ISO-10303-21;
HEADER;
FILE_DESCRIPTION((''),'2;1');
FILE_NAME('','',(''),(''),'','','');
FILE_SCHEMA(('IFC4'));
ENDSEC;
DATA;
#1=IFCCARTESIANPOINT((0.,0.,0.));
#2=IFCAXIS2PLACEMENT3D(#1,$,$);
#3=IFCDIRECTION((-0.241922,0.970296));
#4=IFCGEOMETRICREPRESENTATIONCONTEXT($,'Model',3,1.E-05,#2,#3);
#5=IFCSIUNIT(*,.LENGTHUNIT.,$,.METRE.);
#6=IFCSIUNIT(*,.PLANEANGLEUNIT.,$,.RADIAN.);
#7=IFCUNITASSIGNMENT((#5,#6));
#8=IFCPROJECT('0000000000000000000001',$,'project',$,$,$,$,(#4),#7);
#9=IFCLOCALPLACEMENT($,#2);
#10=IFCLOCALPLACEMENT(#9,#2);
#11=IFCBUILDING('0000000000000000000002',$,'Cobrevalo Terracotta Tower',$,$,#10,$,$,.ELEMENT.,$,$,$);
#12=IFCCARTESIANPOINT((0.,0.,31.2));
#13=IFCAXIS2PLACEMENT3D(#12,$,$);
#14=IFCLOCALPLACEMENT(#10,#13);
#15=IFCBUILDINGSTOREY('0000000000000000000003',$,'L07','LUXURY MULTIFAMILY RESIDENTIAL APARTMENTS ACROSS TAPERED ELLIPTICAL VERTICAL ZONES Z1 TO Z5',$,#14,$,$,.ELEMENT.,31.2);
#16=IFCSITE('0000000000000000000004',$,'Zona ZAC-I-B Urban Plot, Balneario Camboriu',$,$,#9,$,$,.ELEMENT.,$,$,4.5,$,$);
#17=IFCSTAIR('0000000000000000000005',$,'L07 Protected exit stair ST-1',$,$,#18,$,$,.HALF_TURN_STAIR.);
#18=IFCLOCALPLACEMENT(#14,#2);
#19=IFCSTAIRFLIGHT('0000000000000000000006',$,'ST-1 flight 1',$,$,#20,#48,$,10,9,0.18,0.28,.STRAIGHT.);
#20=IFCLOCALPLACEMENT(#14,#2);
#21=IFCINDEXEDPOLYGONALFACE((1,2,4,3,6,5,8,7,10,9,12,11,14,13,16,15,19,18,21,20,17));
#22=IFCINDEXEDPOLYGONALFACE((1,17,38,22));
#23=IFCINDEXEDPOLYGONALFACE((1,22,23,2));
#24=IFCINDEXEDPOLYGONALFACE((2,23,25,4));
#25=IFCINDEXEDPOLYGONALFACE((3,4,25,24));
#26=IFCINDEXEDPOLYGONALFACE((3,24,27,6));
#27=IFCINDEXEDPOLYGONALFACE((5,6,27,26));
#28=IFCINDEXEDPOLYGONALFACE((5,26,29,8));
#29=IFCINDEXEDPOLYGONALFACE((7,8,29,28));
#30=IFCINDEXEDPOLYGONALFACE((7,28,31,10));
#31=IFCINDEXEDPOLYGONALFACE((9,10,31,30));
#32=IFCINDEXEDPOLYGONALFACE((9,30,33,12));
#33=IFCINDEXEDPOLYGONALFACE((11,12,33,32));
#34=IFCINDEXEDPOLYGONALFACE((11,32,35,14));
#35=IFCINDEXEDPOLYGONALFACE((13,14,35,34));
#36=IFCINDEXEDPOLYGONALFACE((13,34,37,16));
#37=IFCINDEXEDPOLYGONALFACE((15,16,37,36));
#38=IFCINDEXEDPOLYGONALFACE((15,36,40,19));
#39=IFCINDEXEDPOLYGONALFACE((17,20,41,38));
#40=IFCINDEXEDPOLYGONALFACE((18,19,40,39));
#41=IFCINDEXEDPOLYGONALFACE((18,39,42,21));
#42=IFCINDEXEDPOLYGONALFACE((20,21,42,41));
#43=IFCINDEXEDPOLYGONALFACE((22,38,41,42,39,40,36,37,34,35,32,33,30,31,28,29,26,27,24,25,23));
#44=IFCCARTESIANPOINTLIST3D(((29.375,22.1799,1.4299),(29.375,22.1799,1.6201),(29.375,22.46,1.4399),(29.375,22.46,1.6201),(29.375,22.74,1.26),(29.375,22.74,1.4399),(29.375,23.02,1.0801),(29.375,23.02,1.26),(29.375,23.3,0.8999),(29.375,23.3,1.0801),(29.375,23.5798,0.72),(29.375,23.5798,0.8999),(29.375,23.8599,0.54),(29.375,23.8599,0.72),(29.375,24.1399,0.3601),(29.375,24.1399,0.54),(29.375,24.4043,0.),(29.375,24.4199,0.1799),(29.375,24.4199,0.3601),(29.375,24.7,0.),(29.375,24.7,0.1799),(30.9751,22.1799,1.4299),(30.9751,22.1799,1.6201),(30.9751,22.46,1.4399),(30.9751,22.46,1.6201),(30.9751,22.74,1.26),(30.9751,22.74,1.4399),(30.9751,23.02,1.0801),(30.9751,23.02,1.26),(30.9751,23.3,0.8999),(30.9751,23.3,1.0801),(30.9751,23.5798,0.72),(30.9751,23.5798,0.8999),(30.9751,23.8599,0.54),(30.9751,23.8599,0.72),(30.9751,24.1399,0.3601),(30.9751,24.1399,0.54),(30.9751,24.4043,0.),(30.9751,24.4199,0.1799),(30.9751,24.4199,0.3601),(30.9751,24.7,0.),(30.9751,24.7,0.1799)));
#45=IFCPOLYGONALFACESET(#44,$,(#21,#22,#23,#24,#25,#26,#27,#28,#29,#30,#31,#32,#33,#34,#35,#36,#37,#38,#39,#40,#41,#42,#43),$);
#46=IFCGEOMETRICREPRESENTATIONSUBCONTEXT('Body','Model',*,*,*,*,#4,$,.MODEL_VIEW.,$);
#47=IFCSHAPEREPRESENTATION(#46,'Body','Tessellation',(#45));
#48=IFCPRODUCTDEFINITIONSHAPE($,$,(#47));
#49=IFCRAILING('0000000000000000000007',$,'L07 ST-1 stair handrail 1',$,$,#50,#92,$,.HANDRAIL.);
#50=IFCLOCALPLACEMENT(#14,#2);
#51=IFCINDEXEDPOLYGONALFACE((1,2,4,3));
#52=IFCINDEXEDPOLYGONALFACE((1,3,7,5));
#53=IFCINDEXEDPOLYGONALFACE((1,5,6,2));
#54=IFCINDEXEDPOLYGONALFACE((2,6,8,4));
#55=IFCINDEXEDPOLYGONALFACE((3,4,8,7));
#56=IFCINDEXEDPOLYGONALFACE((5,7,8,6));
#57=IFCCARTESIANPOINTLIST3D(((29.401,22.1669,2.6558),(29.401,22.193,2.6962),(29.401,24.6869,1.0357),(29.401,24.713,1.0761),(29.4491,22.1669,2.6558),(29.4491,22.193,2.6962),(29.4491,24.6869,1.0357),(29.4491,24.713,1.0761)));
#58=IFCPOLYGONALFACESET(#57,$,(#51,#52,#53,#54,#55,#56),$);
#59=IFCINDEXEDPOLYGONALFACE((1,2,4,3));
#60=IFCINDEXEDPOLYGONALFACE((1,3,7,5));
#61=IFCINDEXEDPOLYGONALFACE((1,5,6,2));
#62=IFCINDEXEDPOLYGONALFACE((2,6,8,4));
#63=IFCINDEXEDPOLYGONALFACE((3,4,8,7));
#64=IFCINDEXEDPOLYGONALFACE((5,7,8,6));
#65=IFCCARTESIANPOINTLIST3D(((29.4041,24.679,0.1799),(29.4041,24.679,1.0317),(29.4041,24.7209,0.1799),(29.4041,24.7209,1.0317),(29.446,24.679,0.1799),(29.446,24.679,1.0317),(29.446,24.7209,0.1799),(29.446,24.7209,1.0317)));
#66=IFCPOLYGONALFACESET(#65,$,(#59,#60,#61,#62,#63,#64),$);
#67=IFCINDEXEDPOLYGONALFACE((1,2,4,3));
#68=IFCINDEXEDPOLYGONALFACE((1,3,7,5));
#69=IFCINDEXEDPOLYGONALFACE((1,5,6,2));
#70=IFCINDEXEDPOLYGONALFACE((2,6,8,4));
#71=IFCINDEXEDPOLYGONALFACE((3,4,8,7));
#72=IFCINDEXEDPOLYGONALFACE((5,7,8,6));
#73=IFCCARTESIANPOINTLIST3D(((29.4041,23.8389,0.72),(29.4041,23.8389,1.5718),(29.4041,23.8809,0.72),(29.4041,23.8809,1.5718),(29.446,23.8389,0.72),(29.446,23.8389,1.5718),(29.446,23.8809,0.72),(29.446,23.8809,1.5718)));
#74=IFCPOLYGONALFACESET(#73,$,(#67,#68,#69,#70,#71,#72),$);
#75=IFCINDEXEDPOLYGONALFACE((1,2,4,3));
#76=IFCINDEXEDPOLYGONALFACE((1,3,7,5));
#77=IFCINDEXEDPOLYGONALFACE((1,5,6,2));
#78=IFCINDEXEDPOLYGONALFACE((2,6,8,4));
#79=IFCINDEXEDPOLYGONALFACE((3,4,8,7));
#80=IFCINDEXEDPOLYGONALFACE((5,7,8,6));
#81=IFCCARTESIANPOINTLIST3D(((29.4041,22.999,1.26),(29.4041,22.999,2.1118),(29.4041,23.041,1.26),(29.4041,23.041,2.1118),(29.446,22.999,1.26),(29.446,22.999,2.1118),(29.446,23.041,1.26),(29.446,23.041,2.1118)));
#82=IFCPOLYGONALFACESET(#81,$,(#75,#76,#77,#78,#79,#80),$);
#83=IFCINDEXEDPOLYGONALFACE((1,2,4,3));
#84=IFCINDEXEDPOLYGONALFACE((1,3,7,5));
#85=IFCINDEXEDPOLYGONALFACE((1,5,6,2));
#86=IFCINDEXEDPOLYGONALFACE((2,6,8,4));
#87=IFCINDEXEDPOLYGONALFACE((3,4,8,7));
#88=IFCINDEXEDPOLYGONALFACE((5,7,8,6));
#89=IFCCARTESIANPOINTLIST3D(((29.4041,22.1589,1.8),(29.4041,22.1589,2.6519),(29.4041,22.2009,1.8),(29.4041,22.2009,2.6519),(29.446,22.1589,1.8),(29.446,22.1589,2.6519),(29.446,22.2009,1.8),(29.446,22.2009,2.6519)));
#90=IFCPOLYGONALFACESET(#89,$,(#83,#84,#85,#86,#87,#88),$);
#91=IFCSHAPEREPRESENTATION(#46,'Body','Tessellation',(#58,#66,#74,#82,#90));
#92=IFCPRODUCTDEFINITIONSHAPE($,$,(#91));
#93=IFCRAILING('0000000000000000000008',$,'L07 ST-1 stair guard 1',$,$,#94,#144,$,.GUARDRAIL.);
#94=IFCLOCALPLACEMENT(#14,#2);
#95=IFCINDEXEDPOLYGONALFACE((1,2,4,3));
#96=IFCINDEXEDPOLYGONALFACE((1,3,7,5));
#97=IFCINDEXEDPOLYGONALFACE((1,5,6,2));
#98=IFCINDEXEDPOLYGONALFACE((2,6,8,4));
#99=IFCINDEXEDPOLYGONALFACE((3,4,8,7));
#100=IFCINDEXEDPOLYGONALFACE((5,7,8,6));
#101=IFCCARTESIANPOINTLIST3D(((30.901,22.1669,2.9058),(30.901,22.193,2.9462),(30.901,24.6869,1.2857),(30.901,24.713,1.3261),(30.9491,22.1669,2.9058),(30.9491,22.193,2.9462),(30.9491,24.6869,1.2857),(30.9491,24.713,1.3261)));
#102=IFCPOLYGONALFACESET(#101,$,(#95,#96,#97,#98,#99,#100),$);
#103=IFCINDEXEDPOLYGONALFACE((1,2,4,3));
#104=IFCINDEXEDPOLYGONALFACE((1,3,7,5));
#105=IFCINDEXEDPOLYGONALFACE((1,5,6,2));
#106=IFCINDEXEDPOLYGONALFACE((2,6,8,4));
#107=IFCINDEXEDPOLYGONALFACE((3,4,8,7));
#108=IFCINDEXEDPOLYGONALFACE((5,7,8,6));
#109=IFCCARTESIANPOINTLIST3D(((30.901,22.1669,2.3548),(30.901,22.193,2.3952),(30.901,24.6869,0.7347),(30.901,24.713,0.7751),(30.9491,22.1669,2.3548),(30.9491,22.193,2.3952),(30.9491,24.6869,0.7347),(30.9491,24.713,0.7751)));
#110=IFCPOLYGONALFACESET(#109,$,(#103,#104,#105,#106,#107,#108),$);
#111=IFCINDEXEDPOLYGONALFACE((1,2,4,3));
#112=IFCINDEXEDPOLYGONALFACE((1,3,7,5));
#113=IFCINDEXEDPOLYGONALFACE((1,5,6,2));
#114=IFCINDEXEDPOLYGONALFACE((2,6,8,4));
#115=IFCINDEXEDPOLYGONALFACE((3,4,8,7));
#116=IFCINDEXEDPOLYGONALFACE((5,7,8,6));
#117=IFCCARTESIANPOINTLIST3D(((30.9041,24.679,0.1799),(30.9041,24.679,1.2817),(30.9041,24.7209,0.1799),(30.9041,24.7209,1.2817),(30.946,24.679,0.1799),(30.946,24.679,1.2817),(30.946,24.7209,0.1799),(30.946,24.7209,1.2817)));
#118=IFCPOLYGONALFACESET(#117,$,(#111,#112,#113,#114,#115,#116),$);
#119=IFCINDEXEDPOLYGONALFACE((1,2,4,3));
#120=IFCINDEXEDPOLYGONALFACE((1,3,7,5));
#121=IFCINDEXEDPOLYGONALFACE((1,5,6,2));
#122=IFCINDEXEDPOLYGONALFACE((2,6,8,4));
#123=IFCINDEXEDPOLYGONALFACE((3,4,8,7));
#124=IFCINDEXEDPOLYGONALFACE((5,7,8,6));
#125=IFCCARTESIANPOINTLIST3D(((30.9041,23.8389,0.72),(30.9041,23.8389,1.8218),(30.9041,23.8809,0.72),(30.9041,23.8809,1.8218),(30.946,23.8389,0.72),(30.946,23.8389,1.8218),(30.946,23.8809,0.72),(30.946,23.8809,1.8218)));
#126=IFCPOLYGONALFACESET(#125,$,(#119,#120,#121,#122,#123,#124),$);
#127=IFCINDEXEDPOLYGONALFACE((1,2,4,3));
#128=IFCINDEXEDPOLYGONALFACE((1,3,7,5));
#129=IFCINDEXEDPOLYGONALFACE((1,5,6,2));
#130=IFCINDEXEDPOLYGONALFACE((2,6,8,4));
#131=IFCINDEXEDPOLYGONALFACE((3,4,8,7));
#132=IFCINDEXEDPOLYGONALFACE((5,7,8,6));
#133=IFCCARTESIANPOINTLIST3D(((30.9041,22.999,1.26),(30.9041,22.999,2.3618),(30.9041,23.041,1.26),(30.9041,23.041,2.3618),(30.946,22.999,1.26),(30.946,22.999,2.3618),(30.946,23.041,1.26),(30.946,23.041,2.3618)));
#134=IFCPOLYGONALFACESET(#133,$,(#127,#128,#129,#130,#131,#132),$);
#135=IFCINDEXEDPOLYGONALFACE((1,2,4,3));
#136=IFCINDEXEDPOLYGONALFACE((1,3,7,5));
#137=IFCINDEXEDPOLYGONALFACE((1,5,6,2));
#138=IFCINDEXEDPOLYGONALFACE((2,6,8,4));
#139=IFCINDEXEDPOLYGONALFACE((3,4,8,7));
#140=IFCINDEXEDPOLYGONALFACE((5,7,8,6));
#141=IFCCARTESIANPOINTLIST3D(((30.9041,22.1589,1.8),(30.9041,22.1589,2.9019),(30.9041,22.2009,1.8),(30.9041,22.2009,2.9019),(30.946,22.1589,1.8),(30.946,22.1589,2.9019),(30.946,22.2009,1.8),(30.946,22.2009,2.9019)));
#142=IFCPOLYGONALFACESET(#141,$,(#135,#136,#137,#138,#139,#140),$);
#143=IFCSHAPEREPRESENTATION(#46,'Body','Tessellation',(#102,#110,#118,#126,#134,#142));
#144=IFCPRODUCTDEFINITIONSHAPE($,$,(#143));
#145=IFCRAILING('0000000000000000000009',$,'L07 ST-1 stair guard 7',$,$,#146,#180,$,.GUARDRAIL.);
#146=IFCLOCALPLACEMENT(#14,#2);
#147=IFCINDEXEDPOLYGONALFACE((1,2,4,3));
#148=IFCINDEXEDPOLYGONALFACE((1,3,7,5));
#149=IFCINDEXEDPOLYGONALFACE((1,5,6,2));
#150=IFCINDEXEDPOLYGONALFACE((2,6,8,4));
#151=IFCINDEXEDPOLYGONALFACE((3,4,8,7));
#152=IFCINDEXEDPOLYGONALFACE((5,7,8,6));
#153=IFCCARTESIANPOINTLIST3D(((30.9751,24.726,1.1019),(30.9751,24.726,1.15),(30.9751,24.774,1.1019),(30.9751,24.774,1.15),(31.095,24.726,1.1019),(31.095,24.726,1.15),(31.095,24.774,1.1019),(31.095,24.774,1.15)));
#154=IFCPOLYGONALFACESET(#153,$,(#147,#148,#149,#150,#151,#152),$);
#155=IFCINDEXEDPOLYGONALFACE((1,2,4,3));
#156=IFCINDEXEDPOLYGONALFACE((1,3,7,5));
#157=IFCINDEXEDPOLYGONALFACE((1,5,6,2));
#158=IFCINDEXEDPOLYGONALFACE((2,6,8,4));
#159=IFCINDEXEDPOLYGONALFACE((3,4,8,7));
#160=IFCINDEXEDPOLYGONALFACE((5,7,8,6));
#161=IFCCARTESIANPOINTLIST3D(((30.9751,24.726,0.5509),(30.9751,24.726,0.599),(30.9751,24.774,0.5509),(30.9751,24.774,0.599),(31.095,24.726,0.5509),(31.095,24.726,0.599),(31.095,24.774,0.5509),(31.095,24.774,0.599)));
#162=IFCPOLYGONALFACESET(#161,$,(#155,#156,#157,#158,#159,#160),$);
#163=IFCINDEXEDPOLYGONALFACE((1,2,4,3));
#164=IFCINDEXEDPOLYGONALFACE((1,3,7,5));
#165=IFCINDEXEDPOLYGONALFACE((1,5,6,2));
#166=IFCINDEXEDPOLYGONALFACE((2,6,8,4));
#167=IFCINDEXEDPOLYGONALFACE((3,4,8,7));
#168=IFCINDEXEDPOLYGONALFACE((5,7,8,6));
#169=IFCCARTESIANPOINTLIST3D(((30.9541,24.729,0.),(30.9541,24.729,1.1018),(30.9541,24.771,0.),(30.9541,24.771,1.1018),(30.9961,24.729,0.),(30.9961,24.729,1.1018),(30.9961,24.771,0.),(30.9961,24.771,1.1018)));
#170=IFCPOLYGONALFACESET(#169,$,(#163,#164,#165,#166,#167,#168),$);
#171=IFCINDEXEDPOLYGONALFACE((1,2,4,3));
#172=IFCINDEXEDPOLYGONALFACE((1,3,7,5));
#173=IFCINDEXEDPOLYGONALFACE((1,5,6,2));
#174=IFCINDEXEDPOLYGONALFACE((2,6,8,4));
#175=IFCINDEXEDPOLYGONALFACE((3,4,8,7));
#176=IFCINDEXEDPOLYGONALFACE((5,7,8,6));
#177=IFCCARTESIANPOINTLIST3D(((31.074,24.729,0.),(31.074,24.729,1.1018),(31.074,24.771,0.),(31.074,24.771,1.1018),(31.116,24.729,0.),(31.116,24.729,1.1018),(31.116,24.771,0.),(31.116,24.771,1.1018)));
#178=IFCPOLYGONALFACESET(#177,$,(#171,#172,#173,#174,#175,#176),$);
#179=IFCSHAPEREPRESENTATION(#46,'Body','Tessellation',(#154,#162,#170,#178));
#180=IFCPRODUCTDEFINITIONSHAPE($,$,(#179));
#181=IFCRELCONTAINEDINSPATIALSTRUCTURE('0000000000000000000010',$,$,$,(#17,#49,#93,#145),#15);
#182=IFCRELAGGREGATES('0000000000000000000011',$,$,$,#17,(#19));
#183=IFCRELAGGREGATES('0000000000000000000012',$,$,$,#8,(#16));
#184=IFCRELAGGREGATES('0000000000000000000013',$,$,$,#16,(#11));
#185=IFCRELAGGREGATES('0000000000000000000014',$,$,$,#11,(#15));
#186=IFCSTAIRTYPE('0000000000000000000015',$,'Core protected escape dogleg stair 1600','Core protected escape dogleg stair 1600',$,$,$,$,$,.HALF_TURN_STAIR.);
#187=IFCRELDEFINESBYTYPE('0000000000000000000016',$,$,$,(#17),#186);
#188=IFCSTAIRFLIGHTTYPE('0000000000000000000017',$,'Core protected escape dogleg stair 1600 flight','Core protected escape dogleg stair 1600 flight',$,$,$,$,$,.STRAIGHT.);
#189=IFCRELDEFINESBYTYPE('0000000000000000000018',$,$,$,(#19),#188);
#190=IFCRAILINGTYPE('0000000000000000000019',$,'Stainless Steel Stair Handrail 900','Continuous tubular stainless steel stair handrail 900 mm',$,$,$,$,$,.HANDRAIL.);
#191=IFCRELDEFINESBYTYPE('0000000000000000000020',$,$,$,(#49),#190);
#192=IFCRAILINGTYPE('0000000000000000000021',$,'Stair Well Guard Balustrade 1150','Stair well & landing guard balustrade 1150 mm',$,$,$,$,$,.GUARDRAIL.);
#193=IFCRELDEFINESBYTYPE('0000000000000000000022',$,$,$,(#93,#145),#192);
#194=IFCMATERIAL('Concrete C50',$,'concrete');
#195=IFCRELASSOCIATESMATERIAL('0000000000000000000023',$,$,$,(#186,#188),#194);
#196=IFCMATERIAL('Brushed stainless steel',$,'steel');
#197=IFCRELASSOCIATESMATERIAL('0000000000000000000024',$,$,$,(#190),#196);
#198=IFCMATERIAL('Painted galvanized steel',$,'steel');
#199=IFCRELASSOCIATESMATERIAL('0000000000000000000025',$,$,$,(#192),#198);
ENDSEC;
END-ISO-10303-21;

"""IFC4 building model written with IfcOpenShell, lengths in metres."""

from ifc_helpers import new_model, si_unit, direction, frame, origin, origin_2d, place, context, subcontext, project, spatial, polyline, rectangle, outline, extrude, material, type_object, element, aggregate, save


model = new_model("IFC4")

# Units and contexts
model_context = context("Model", 3, precision=1e-05, world=origin(), true_north=direction((-0.241922, 0.970296)))
body_context = subcontext(model_context, "Body", "Model", "MODEL_VIEW")
ifc_project = project(units=[si_unit("LENGTHUNIT", "METRE"), si_unit("PLANEANGLEUNIT", "RADIAN")], contexts=[model_context])

# Site, building, storey
site_placement = place(None, origin())
site = spatial("IfcSite", under=ifc_project, at=site_placement, Name="Zona ZAC-I-B Urban Plot, Balneario Camboriu", CompositionType="ELEMENT", RefElevation=4.5)
building_placement = place(site_placement, origin())
building = spatial("IfcBuilding", under=site, at=building_placement, Name="Cobrevalo Terracotta Tower", CompositionType="ELEMENT")
storey_placement = place(building_placement, frame((0.0, 0.0, 31.2)))
storey = spatial("IfcBuildingStorey", under=building, at=storey_placement, Name="L07", Description="LUXURY MULTIFAMILY RESIDENTIAL APARTMENTS ACROSS TAPERED ELLIPTICAL VERTICAL ZONES Z1 TO Z5", CompositionType="ELEMENT", Elevation=31.2)

# Shared definitions
ifc_material_1 = material(Name="Brushed stainless steel", Category="steel")

# Shared definitions
ifc_material_2 = material(Name="Concrete C50", Category="concrete")

# Stair, stair flight
stair_type = type_object("IfcStairType", Name="Core protected escape dogleg stair 1600", Description="Core protected escape dogleg stair 1600", PredefinedType="HALF_TURN_STAIR", material=ifc_material_2)
stair_placement = place(storey_placement, origin())
stair = element("IfcStair", 1, at=stair_placement, inside=storey, type_object=stair_type, Name="L07 Protected exit stair ST-1", PredefinedType="HALF_TURN_STAIR")
stair_flight_type = type_object("IfcStairFlightType", Name="Core protected escape dogleg stair 1600 flight", Description="Core protected escape dogleg stair 1600 flight", PredefinedType="STRAIGHT", material=ifc_material_2)
stair_flight_placement = place(storey_placement, frame((30.175, 24.7, 0.0), z_axis=(0.0, 0.0, 1.0), x_axis=(0.0, -1.0, 0.0)))
stair_flight = element("IfcStairFlight", 2, at=stair_flight_placement, type_object=stair_flight_type, Name="ST-1 flight 1", NumberOfRisers=10, NumberOfTreads=9, PredefinedType="STRAIGHT", RiserHeight=0.18, TreadLength=0.28, context=body_context, shape_type="SweptSolid", body=[
    extrude(outline(polyline([(0.0, 0.0), (0.0, 0.1799), (0.28, 0.1799), (0.28, 0.3601), (0.5601, 0.3601), (0.5601, 0.54), (0.8401, 0.54), (0.8401, 0.72), (1.1201, 0.72), (1.1201, 0.8999), (1.3999, 0.8999), (1.3999, 1.0801), (1.6799, 1.0801), (1.6799, 1.26), (1.96, 1.26), (1.96, 1.4399), (2.24, 1.4399), (2.24, 1.6201), (2.52, 1.6201), (2.52, 1.8), (2.52, 1.4299), (0.2957, 0.0), (0.0, 0.0)])), frame((0.0, 0.8, 0.0), z_axis=(0.0, -1.0, 0.0), x_axis=(1.0, 0.0, 0.0)), (0.0, 0.0, 1.0), 1.6001),
])
aggregate(stair, [stair_flight])

# Railings
railing_type_1 = type_object("IfcRailingType", Name="Stainless Steel Stair Handrail 900", Description="Continuous tubular stainless steel stair handrail 900 mm", PredefinedType="HANDRAIL", material=ifc_material_1)
railing_1_placement = place(storey_placement, frame((29.425, 24.7, 0.1799)))
element("IfcRailing", 3, at=railing_1_placement, inside=storey, type_object=railing_type_1, Name="L07 ST-1 stair handrail 1", PredefinedType="HANDRAIL", context=body_context, shape_type="SweptSolid", body=[
    extrude(rectangle(XDim=0.0481, YDim=0.0481, at=origin_2d()), frame((0.0, 0.0, 0.876), z_axis=(0.0, -0.841163, 0.540782), x_axis=(1.0, 0.0, 0.0)), (0.0, 0.0, 1.0), 2.9958),
    extrude(rectangle(XDim=0.042, YDim=0.042, at=origin_2d()), origin(), (0.0, 0.0, 1.0), 0.8518),
    extrude(rectangle(XDim=0.042, YDim=0.042, at=origin_2d()), frame((0.0, -0.8401, 0.54)), (0.0, 0.0, 1.0), 0.8518),
    extrude(rectangle(XDim=0.042, YDim=0.042, at=origin_2d()), frame((0.0, -1.6799, 1.0801)), (0.0, 0.0, 1.0), 0.8518),
    extrude(rectangle(XDim=0.042, YDim=0.042, at=origin_2d()), frame((0.0, -2.52, 1.6201)), (0.0, 0.0, 1.0), 0.8518),
])
ifc_material_3 = material(Name="Painted galvanized steel", Category="steel")
railing_type_2 = type_object("IfcRailingType", Name="Stair Well Guard Balustrade 1150", Description="Stair well & landing guard balustrade 1150 mm", PredefinedType="GUARDRAIL", material=ifc_material_3)
railing_2_placement = place(storey_placement, frame((30.925, 24.7, 0.1799)))
element("IfcRailing", 4, at=railing_2_placement, inside=storey, type_object=railing_type_2, Name="L07 ST-1 stair guard 1", PredefinedType="GUARDRAIL", context=body_context, shape_type="SweptSolid", body=[
    extrude(rectangle(XDim=0.0481, YDim=0.0481, at=origin_2d()), frame((0.0, 0.0, 1.126), z_axis=(0.0, -0.841163, 0.540782), x_axis=(1.0, 0.0, 0.0)), (0.0, 0.0, 1.0), 2.9958),
    extrude(rectangle(XDim=0.0481, YDim=0.0481, at=origin_2d()), frame((0.0, 0.0, 0.575), z_axis=(0.0, -0.841163, 0.540782), x_axis=(1.0, 0.0, 0.0)), (0.0, 0.0, 1.0), 2.9958),
    extrude(rectangle(XDim=0.042, YDim=0.042, at=origin_2d()), origin(), (0.0, 0.0, 1.0), 1.1018),
    extrude(rectangle(XDim=0.042, YDim=0.042, at=origin_2d()), frame((0.0, -0.8401, 0.54)), (0.0, 0.0, 1.0), 1.1018),
    extrude(rectangle(XDim=0.042, YDim=0.042, at=origin_2d()), frame((0.0, -1.6799, 1.0801)), (0.0, 0.0, 1.0), 1.1018),
    extrude(rectangle(XDim=0.042, YDim=0.042, at=origin_2d()), frame((0.0, -2.52, 1.6201)), (0.0, 0.0, 1.0), 1.1018),
])
railing_3_placement = place(storey_placement, frame((30.9751, 24.75, 0.0)))
element("IfcRailing", 5, at=railing_3_placement, inside=storey, type_object=railing_type_2, Name="L07 ST-1 stair guard 7", PredefinedType="GUARDRAIL", context=body_context, shape_type="SweptSolid", body=[
    extrude(rectangle(XDim=0.0481, YDim=0.0481, at=origin_2d()), frame((0.0, 0.0, 1.126), z_axis=(1.0, 0.0, 0.0), x_axis=(0.0, 1.0, 0.0)), (0.0, 0.0, 1.0), 0.1199),
    extrude(rectangle(XDim=0.0481, YDim=0.0481, at=origin_2d()), frame((0.0, 0.0, 0.575), z_axis=(1.0, 0.0, 0.0), x_axis=(0.0, 1.0, 0.0)), (0.0, 0.0, 1.0), 0.1199),
    extrude(rectangle(XDim=0.042, YDim=0.042, at=origin_2d()), origin(), (0.0, 0.0, 1.0), 1.1018),
    extrude(rectangle(XDim=0.042, YDim=0.042, at=origin_2d()), frame((0.1199, 0.0, 0.0)), (0.0, 0.0, 1.0), 1.1018),
])

save(model, "model.ifc")
